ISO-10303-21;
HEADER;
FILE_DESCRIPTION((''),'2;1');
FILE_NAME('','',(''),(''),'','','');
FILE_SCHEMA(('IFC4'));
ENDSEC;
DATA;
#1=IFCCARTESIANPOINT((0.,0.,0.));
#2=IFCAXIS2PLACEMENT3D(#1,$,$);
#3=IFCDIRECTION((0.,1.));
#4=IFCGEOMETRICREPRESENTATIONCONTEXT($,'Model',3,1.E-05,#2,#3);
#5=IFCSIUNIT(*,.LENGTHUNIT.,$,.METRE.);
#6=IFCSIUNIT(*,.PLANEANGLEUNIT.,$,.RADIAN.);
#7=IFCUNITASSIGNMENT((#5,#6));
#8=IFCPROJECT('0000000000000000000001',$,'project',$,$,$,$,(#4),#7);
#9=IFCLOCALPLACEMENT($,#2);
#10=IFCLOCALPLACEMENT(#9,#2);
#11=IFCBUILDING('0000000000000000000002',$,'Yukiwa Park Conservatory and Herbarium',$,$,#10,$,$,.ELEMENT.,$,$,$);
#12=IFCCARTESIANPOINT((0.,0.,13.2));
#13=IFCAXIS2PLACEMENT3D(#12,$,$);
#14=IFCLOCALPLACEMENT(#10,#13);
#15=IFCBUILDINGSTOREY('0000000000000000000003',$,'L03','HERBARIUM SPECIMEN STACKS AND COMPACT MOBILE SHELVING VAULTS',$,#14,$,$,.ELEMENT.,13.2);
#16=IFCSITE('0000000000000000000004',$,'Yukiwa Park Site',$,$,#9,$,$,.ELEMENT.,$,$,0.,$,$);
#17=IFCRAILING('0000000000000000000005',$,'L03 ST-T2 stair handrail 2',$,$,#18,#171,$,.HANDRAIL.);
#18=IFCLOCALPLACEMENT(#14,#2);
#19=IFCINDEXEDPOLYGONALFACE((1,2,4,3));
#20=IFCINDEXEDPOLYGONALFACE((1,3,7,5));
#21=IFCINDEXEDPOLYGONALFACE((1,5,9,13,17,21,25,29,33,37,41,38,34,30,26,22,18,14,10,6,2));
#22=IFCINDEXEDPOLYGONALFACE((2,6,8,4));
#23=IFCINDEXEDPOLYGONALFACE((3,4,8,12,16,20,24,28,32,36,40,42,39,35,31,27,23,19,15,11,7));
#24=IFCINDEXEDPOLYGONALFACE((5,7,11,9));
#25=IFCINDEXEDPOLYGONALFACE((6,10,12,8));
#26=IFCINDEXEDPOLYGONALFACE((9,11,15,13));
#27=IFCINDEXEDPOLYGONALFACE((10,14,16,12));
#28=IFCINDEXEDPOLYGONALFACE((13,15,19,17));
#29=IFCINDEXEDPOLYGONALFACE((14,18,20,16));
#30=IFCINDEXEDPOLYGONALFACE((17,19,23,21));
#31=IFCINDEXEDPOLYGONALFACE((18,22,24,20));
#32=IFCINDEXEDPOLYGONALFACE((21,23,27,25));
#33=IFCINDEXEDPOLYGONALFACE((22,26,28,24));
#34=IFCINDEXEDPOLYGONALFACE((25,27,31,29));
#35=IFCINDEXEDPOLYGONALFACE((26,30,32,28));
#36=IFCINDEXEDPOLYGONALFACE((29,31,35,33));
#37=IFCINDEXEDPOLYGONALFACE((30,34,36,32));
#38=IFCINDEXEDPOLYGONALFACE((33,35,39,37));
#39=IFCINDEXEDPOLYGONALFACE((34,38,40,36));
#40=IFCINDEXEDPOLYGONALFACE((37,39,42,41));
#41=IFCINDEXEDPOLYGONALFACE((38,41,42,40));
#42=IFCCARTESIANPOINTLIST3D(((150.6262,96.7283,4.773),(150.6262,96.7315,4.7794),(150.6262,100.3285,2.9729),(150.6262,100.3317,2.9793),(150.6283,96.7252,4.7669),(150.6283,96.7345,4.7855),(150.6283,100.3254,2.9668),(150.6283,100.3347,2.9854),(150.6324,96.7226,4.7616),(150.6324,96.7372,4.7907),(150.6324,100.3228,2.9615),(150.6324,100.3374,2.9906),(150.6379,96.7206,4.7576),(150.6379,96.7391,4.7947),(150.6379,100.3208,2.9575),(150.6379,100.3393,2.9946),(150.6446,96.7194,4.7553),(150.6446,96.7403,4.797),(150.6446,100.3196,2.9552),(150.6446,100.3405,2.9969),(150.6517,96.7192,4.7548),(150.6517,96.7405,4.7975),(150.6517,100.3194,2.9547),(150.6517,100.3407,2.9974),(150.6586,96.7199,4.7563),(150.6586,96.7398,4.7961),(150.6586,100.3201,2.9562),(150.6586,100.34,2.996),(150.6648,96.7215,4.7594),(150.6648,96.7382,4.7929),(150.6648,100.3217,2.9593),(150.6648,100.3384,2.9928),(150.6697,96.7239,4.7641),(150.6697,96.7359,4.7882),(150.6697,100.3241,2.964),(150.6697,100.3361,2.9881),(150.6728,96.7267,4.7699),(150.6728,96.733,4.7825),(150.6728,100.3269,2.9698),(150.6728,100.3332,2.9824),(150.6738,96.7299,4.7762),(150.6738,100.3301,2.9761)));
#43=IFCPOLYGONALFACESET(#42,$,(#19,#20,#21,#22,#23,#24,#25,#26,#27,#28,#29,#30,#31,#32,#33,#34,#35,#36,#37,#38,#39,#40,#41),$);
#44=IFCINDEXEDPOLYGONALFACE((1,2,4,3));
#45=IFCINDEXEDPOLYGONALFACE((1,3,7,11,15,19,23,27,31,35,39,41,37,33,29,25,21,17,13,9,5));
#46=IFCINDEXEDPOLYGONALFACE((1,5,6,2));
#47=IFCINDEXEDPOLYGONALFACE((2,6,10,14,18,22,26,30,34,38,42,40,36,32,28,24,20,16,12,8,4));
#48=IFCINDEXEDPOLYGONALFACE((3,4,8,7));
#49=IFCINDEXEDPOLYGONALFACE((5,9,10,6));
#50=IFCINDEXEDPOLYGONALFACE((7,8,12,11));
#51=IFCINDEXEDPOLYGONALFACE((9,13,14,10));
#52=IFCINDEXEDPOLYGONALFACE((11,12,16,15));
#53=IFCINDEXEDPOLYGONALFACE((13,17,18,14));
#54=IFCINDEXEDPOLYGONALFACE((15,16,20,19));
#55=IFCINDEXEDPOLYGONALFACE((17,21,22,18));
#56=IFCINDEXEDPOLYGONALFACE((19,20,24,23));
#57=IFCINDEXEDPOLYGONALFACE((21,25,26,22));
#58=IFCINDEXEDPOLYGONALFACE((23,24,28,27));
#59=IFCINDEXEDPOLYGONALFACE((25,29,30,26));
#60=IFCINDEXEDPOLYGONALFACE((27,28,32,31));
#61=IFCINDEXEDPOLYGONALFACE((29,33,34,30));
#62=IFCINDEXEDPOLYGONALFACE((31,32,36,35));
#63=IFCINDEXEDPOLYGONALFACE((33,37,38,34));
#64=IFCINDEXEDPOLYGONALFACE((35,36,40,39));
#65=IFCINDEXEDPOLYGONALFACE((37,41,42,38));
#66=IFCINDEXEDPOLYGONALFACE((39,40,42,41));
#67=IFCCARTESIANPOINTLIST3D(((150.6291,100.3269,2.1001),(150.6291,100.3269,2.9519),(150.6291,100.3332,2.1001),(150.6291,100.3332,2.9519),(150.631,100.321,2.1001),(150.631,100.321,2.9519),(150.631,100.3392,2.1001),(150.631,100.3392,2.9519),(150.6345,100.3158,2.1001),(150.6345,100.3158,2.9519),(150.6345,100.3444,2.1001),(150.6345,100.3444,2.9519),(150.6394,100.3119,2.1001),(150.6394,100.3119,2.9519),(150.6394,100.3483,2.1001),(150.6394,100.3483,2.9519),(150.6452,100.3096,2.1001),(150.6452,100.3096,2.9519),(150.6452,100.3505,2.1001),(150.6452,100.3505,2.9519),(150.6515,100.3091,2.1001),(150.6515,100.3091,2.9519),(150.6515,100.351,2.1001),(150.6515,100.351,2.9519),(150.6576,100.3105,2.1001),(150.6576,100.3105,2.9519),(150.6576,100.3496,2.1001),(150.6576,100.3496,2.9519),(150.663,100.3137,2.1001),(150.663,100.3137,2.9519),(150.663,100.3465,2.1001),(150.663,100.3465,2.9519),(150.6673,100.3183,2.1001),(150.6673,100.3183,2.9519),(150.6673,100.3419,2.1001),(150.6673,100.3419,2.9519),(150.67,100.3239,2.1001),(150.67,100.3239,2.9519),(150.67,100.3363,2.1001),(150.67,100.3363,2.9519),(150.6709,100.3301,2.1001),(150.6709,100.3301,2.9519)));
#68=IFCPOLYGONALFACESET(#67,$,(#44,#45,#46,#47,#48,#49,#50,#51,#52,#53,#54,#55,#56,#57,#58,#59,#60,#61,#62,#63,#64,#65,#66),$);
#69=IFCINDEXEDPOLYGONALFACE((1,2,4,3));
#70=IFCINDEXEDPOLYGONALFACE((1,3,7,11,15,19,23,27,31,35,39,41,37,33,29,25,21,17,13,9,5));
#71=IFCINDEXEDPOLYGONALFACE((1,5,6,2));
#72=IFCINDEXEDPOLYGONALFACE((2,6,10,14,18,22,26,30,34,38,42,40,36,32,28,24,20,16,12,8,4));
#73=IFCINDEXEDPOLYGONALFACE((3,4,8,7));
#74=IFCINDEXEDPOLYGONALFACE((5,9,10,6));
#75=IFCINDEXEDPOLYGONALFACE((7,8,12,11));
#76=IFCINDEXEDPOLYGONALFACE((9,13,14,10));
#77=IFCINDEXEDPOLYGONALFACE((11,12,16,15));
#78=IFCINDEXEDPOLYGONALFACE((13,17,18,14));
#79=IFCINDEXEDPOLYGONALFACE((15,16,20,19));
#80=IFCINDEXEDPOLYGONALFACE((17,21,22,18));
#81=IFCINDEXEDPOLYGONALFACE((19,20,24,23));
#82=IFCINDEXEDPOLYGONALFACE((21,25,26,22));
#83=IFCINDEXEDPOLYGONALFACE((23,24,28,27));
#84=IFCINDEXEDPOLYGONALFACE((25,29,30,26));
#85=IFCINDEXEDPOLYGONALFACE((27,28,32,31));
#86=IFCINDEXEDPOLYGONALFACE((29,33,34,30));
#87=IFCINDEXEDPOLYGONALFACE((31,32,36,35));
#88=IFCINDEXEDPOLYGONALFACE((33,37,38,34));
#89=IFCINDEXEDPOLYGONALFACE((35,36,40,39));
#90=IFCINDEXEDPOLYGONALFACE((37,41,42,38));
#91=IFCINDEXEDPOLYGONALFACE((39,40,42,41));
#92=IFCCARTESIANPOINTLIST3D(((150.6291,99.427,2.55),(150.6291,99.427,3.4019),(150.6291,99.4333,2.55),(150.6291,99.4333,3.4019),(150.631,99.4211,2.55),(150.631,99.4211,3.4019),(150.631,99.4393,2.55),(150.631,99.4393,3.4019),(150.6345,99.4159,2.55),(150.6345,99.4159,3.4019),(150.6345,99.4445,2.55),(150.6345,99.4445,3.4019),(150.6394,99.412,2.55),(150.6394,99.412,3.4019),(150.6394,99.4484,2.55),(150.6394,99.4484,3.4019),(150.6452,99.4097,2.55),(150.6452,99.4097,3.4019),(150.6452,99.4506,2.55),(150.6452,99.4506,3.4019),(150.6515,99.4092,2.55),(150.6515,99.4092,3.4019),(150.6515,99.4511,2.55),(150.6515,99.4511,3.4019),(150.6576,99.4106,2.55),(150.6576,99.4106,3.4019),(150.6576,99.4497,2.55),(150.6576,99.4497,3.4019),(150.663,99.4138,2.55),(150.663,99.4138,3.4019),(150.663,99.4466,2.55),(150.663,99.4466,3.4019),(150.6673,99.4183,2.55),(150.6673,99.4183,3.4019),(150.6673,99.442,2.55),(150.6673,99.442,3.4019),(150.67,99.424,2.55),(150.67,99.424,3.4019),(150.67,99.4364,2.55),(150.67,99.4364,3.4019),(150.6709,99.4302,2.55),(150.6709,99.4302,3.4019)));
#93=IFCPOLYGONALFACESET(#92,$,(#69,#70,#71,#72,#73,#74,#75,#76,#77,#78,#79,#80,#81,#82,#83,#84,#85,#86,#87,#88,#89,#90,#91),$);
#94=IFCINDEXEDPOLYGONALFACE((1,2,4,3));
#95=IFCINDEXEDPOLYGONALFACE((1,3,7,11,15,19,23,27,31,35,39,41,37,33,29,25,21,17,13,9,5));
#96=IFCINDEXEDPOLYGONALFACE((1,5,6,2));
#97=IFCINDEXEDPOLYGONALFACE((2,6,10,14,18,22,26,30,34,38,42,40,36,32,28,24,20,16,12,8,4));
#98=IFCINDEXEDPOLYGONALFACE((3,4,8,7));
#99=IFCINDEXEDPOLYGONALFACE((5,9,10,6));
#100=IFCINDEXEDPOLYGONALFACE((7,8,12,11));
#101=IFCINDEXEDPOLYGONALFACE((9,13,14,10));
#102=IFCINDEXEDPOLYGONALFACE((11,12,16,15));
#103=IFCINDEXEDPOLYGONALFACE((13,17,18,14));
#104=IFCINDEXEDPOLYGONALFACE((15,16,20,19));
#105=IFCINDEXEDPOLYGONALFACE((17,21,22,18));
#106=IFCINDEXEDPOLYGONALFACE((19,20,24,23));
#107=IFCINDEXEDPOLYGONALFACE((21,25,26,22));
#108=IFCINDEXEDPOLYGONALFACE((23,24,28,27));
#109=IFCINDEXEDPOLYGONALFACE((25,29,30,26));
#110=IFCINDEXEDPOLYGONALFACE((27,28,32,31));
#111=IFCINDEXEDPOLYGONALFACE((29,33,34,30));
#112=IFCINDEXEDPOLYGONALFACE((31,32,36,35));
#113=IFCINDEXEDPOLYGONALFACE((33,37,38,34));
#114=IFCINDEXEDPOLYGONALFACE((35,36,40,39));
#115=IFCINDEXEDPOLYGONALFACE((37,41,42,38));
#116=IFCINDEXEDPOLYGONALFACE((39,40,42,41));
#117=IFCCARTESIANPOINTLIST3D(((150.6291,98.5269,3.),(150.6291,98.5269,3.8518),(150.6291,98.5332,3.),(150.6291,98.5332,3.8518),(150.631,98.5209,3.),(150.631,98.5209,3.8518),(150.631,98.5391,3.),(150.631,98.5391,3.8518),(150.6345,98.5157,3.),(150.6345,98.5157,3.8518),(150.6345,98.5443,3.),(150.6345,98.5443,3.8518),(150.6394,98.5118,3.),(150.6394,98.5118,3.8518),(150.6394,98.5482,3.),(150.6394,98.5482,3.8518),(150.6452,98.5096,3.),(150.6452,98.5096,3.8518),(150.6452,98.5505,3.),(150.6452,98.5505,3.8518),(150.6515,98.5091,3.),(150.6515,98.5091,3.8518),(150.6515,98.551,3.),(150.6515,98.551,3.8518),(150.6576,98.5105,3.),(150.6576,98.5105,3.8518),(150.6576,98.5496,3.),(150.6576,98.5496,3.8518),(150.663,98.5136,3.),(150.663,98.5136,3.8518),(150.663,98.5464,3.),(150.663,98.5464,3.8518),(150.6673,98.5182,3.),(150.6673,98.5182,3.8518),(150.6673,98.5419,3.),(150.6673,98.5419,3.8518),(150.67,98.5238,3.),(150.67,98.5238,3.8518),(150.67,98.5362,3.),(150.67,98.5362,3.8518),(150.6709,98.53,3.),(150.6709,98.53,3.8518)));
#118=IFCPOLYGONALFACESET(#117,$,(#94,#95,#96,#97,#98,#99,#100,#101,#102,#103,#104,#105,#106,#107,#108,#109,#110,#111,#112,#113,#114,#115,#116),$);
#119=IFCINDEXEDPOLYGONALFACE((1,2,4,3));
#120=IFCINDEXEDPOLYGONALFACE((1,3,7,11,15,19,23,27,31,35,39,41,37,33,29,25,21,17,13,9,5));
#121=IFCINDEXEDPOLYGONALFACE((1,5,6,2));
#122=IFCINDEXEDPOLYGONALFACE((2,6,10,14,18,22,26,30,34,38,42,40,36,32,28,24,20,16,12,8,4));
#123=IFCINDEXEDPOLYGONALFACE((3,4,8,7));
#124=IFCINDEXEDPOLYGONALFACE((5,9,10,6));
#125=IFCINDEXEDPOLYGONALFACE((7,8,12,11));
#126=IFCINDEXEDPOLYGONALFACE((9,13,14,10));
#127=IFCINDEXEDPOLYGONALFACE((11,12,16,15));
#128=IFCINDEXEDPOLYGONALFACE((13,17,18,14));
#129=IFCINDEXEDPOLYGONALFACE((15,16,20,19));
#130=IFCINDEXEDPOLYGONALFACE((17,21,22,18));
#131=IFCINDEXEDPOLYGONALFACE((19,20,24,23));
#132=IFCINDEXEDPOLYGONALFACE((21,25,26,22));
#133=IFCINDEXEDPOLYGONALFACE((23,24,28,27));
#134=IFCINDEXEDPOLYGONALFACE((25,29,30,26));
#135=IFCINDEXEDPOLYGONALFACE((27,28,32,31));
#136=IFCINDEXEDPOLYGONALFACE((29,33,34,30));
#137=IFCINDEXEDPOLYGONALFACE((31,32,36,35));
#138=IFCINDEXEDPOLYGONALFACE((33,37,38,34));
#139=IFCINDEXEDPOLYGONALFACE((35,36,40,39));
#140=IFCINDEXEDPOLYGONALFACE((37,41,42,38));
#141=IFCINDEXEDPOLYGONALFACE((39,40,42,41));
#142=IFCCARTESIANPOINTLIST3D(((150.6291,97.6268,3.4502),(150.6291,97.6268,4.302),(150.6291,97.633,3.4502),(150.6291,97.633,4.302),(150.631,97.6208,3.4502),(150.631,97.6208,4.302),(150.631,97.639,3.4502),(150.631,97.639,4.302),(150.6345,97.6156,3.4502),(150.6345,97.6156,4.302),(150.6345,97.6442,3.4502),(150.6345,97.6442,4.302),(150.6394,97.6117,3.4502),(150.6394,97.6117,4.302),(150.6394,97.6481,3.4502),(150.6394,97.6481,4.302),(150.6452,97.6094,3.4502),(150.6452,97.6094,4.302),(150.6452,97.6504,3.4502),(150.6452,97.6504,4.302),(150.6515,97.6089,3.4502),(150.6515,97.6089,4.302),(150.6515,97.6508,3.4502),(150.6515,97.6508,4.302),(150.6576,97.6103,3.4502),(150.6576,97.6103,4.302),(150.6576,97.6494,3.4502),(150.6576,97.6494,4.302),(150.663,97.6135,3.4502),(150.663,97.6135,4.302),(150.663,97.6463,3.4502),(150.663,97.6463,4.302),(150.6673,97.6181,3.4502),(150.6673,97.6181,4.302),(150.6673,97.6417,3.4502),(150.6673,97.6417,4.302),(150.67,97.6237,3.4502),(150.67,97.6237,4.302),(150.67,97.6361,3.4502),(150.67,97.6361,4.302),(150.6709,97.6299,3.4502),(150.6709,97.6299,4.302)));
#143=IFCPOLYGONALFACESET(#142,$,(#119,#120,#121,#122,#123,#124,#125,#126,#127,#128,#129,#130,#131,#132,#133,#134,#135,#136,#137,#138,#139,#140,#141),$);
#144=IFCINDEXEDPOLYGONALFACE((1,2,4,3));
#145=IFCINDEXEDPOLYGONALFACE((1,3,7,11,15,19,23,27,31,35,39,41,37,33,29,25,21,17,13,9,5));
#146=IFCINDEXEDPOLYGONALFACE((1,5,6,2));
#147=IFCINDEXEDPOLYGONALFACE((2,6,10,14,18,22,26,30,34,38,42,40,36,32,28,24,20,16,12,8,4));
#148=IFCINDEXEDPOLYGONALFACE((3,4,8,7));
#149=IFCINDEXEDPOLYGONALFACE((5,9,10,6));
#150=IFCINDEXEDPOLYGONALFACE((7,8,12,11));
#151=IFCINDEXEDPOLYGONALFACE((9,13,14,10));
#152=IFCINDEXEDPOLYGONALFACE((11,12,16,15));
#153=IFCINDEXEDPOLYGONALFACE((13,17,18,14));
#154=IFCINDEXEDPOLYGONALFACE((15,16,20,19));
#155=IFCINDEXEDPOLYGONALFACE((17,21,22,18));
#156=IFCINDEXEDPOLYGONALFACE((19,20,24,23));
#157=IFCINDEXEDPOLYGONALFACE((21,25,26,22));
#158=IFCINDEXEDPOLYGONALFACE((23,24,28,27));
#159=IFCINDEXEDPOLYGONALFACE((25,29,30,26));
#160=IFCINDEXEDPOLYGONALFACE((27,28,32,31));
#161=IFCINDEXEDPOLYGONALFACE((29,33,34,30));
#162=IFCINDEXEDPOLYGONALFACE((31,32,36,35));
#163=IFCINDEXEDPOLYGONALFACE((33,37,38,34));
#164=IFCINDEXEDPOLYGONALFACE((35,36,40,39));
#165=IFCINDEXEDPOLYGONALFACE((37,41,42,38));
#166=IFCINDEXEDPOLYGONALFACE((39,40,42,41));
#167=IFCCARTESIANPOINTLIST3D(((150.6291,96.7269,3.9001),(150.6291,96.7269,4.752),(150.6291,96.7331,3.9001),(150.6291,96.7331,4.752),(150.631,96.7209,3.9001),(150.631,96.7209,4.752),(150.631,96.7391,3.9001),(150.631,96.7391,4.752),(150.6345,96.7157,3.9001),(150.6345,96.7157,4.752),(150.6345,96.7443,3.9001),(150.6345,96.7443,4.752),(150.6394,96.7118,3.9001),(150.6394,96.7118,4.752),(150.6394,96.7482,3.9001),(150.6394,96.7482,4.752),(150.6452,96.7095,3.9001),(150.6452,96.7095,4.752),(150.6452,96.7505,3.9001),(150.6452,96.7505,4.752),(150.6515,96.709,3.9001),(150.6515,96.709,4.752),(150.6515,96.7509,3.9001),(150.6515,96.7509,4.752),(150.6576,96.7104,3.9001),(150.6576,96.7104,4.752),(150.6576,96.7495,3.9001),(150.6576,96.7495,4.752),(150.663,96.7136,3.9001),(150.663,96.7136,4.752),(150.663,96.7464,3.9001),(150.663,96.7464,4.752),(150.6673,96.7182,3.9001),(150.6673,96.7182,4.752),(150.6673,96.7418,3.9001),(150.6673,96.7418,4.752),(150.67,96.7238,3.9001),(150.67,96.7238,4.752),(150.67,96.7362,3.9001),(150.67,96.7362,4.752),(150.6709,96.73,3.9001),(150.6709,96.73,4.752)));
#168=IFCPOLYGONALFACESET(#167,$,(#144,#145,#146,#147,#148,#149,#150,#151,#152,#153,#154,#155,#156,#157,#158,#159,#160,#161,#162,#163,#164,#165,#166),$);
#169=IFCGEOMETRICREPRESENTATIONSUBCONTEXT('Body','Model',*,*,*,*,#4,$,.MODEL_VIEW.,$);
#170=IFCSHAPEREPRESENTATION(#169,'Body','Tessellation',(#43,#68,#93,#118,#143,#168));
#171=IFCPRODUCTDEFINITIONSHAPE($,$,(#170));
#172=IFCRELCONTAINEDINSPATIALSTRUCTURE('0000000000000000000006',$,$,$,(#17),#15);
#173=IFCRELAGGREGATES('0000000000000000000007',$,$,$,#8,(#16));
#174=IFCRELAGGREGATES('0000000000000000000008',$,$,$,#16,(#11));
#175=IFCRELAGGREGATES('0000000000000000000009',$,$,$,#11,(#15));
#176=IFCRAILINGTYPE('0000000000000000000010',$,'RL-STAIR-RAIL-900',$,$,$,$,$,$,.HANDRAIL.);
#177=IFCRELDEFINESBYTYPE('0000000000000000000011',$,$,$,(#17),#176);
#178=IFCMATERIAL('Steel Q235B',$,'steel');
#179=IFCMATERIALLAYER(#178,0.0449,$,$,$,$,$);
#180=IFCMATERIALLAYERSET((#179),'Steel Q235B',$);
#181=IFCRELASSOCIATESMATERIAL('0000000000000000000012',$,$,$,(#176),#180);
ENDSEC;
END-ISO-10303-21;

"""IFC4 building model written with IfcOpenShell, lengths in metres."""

from ifc_helpers import new_model, si_unit, direction, frame, origin, origin_2d, place, context, subcontext, project, spatial, circle, extrude, material, layer, layer_set, type_object, element, save


model = new_model("IFC4")

# Units and contexts
model_context = context("Model", 3, precision=1e-05, world=origin(), true_north=direction((0.0, 1.0)))
body_context = subcontext(model_context, "Body", "Model", "MODEL_VIEW")
ifc_project = project(units=[si_unit("LENGTHUNIT", "METRE"), si_unit("PLANEANGLEUNIT", "RADIAN")], contexts=[model_context])

# Site, building, storey
site_placement = place(None, origin())
site = spatial("IfcSite", under=ifc_project, at=site_placement, Name="Yukiwa Park Site", CompositionType="ELEMENT", RefElevation=0.0)
building_placement = place(site_placement, origin())
building = spatial("IfcBuilding", under=site, at=building_placement, Name="Yukiwa Park Conservatory and Herbarium", CompositionType="ELEMENT")
storey_placement = place(building_placement, frame((0.0, 0.0, 13.2)))
storey = spatial("IfcBuildingStorey", under=building, at=storey_placement, Name="L03", Description="HERBARIUM SPECIMEN STACKS AND COMPACT MOBILE SHELVING VAULTS", CompositionType="ELEMENT", Elevation=13.2)

# Railing
ifc_material_1 = material(Name="Steel Q235B", Category="steel")
ifc_layer_1 = layer(ifc_material_1, 0.0449)
ifc_layer_set_1 = layer_set([ifc_layer_1], Name="Steel Q235B")
railing_type_1 = type_object("IfcRailingType", Name="RL-STAIR-RAIL-900", PredefinedType="HANDRAIL", material=ifc_layer_set_1)
railing_1_placement = place(storey_placement, frame((150.6499, 100.3301, 2.1001)))
element("IfcRailing", 1, at=railing_1_placement, inside=storey, type_object=railing_type_1, Name="L03 ST-T2 stair handrail 2", PredefinedType="HANDRAIL", context=body_context, shape_type="SweptSolid", body=[
    extrude(circle(Radius=0.0239, at=origin_2d()), frame((0.0, 0.0, 0.876), z_axis=(0.0, -0.894427, 0.447214), x_axis=(1.0, 0.0, 0.0)), (0.0, 0.0, 1.0), 4.0251),
    extrude(circle(Radius=0.021, at=origin_2d()), origin(), (0.0, 0.0, 1.0), 0.8518),
    extrude(circle(Radius=0.021, at=origin_2d()), frame((0.0, -0.8999, 0.45)), (0.0, 0.0, 1.0), 0.8518),
    extrude(circle(Radius=0.021, at=origin_2d()), frame((0.0, -1.8, 0.8999)), (0.0, 0.0, 1.0), 0.8518),
    extrude(circle(Radius=0.021, at=origin_2d()), frame((0.0, -2.7002, 1.3501)), (0.0, 0.0, 1.0), 0.8518),
    extrude(circle(Radius=0.021, at=origin_2d()), frame((0.0, -3.6001, 1.8)), (0.0, 0.0, 1.0), 0.8518),
])

save(model, "model.ifc")
